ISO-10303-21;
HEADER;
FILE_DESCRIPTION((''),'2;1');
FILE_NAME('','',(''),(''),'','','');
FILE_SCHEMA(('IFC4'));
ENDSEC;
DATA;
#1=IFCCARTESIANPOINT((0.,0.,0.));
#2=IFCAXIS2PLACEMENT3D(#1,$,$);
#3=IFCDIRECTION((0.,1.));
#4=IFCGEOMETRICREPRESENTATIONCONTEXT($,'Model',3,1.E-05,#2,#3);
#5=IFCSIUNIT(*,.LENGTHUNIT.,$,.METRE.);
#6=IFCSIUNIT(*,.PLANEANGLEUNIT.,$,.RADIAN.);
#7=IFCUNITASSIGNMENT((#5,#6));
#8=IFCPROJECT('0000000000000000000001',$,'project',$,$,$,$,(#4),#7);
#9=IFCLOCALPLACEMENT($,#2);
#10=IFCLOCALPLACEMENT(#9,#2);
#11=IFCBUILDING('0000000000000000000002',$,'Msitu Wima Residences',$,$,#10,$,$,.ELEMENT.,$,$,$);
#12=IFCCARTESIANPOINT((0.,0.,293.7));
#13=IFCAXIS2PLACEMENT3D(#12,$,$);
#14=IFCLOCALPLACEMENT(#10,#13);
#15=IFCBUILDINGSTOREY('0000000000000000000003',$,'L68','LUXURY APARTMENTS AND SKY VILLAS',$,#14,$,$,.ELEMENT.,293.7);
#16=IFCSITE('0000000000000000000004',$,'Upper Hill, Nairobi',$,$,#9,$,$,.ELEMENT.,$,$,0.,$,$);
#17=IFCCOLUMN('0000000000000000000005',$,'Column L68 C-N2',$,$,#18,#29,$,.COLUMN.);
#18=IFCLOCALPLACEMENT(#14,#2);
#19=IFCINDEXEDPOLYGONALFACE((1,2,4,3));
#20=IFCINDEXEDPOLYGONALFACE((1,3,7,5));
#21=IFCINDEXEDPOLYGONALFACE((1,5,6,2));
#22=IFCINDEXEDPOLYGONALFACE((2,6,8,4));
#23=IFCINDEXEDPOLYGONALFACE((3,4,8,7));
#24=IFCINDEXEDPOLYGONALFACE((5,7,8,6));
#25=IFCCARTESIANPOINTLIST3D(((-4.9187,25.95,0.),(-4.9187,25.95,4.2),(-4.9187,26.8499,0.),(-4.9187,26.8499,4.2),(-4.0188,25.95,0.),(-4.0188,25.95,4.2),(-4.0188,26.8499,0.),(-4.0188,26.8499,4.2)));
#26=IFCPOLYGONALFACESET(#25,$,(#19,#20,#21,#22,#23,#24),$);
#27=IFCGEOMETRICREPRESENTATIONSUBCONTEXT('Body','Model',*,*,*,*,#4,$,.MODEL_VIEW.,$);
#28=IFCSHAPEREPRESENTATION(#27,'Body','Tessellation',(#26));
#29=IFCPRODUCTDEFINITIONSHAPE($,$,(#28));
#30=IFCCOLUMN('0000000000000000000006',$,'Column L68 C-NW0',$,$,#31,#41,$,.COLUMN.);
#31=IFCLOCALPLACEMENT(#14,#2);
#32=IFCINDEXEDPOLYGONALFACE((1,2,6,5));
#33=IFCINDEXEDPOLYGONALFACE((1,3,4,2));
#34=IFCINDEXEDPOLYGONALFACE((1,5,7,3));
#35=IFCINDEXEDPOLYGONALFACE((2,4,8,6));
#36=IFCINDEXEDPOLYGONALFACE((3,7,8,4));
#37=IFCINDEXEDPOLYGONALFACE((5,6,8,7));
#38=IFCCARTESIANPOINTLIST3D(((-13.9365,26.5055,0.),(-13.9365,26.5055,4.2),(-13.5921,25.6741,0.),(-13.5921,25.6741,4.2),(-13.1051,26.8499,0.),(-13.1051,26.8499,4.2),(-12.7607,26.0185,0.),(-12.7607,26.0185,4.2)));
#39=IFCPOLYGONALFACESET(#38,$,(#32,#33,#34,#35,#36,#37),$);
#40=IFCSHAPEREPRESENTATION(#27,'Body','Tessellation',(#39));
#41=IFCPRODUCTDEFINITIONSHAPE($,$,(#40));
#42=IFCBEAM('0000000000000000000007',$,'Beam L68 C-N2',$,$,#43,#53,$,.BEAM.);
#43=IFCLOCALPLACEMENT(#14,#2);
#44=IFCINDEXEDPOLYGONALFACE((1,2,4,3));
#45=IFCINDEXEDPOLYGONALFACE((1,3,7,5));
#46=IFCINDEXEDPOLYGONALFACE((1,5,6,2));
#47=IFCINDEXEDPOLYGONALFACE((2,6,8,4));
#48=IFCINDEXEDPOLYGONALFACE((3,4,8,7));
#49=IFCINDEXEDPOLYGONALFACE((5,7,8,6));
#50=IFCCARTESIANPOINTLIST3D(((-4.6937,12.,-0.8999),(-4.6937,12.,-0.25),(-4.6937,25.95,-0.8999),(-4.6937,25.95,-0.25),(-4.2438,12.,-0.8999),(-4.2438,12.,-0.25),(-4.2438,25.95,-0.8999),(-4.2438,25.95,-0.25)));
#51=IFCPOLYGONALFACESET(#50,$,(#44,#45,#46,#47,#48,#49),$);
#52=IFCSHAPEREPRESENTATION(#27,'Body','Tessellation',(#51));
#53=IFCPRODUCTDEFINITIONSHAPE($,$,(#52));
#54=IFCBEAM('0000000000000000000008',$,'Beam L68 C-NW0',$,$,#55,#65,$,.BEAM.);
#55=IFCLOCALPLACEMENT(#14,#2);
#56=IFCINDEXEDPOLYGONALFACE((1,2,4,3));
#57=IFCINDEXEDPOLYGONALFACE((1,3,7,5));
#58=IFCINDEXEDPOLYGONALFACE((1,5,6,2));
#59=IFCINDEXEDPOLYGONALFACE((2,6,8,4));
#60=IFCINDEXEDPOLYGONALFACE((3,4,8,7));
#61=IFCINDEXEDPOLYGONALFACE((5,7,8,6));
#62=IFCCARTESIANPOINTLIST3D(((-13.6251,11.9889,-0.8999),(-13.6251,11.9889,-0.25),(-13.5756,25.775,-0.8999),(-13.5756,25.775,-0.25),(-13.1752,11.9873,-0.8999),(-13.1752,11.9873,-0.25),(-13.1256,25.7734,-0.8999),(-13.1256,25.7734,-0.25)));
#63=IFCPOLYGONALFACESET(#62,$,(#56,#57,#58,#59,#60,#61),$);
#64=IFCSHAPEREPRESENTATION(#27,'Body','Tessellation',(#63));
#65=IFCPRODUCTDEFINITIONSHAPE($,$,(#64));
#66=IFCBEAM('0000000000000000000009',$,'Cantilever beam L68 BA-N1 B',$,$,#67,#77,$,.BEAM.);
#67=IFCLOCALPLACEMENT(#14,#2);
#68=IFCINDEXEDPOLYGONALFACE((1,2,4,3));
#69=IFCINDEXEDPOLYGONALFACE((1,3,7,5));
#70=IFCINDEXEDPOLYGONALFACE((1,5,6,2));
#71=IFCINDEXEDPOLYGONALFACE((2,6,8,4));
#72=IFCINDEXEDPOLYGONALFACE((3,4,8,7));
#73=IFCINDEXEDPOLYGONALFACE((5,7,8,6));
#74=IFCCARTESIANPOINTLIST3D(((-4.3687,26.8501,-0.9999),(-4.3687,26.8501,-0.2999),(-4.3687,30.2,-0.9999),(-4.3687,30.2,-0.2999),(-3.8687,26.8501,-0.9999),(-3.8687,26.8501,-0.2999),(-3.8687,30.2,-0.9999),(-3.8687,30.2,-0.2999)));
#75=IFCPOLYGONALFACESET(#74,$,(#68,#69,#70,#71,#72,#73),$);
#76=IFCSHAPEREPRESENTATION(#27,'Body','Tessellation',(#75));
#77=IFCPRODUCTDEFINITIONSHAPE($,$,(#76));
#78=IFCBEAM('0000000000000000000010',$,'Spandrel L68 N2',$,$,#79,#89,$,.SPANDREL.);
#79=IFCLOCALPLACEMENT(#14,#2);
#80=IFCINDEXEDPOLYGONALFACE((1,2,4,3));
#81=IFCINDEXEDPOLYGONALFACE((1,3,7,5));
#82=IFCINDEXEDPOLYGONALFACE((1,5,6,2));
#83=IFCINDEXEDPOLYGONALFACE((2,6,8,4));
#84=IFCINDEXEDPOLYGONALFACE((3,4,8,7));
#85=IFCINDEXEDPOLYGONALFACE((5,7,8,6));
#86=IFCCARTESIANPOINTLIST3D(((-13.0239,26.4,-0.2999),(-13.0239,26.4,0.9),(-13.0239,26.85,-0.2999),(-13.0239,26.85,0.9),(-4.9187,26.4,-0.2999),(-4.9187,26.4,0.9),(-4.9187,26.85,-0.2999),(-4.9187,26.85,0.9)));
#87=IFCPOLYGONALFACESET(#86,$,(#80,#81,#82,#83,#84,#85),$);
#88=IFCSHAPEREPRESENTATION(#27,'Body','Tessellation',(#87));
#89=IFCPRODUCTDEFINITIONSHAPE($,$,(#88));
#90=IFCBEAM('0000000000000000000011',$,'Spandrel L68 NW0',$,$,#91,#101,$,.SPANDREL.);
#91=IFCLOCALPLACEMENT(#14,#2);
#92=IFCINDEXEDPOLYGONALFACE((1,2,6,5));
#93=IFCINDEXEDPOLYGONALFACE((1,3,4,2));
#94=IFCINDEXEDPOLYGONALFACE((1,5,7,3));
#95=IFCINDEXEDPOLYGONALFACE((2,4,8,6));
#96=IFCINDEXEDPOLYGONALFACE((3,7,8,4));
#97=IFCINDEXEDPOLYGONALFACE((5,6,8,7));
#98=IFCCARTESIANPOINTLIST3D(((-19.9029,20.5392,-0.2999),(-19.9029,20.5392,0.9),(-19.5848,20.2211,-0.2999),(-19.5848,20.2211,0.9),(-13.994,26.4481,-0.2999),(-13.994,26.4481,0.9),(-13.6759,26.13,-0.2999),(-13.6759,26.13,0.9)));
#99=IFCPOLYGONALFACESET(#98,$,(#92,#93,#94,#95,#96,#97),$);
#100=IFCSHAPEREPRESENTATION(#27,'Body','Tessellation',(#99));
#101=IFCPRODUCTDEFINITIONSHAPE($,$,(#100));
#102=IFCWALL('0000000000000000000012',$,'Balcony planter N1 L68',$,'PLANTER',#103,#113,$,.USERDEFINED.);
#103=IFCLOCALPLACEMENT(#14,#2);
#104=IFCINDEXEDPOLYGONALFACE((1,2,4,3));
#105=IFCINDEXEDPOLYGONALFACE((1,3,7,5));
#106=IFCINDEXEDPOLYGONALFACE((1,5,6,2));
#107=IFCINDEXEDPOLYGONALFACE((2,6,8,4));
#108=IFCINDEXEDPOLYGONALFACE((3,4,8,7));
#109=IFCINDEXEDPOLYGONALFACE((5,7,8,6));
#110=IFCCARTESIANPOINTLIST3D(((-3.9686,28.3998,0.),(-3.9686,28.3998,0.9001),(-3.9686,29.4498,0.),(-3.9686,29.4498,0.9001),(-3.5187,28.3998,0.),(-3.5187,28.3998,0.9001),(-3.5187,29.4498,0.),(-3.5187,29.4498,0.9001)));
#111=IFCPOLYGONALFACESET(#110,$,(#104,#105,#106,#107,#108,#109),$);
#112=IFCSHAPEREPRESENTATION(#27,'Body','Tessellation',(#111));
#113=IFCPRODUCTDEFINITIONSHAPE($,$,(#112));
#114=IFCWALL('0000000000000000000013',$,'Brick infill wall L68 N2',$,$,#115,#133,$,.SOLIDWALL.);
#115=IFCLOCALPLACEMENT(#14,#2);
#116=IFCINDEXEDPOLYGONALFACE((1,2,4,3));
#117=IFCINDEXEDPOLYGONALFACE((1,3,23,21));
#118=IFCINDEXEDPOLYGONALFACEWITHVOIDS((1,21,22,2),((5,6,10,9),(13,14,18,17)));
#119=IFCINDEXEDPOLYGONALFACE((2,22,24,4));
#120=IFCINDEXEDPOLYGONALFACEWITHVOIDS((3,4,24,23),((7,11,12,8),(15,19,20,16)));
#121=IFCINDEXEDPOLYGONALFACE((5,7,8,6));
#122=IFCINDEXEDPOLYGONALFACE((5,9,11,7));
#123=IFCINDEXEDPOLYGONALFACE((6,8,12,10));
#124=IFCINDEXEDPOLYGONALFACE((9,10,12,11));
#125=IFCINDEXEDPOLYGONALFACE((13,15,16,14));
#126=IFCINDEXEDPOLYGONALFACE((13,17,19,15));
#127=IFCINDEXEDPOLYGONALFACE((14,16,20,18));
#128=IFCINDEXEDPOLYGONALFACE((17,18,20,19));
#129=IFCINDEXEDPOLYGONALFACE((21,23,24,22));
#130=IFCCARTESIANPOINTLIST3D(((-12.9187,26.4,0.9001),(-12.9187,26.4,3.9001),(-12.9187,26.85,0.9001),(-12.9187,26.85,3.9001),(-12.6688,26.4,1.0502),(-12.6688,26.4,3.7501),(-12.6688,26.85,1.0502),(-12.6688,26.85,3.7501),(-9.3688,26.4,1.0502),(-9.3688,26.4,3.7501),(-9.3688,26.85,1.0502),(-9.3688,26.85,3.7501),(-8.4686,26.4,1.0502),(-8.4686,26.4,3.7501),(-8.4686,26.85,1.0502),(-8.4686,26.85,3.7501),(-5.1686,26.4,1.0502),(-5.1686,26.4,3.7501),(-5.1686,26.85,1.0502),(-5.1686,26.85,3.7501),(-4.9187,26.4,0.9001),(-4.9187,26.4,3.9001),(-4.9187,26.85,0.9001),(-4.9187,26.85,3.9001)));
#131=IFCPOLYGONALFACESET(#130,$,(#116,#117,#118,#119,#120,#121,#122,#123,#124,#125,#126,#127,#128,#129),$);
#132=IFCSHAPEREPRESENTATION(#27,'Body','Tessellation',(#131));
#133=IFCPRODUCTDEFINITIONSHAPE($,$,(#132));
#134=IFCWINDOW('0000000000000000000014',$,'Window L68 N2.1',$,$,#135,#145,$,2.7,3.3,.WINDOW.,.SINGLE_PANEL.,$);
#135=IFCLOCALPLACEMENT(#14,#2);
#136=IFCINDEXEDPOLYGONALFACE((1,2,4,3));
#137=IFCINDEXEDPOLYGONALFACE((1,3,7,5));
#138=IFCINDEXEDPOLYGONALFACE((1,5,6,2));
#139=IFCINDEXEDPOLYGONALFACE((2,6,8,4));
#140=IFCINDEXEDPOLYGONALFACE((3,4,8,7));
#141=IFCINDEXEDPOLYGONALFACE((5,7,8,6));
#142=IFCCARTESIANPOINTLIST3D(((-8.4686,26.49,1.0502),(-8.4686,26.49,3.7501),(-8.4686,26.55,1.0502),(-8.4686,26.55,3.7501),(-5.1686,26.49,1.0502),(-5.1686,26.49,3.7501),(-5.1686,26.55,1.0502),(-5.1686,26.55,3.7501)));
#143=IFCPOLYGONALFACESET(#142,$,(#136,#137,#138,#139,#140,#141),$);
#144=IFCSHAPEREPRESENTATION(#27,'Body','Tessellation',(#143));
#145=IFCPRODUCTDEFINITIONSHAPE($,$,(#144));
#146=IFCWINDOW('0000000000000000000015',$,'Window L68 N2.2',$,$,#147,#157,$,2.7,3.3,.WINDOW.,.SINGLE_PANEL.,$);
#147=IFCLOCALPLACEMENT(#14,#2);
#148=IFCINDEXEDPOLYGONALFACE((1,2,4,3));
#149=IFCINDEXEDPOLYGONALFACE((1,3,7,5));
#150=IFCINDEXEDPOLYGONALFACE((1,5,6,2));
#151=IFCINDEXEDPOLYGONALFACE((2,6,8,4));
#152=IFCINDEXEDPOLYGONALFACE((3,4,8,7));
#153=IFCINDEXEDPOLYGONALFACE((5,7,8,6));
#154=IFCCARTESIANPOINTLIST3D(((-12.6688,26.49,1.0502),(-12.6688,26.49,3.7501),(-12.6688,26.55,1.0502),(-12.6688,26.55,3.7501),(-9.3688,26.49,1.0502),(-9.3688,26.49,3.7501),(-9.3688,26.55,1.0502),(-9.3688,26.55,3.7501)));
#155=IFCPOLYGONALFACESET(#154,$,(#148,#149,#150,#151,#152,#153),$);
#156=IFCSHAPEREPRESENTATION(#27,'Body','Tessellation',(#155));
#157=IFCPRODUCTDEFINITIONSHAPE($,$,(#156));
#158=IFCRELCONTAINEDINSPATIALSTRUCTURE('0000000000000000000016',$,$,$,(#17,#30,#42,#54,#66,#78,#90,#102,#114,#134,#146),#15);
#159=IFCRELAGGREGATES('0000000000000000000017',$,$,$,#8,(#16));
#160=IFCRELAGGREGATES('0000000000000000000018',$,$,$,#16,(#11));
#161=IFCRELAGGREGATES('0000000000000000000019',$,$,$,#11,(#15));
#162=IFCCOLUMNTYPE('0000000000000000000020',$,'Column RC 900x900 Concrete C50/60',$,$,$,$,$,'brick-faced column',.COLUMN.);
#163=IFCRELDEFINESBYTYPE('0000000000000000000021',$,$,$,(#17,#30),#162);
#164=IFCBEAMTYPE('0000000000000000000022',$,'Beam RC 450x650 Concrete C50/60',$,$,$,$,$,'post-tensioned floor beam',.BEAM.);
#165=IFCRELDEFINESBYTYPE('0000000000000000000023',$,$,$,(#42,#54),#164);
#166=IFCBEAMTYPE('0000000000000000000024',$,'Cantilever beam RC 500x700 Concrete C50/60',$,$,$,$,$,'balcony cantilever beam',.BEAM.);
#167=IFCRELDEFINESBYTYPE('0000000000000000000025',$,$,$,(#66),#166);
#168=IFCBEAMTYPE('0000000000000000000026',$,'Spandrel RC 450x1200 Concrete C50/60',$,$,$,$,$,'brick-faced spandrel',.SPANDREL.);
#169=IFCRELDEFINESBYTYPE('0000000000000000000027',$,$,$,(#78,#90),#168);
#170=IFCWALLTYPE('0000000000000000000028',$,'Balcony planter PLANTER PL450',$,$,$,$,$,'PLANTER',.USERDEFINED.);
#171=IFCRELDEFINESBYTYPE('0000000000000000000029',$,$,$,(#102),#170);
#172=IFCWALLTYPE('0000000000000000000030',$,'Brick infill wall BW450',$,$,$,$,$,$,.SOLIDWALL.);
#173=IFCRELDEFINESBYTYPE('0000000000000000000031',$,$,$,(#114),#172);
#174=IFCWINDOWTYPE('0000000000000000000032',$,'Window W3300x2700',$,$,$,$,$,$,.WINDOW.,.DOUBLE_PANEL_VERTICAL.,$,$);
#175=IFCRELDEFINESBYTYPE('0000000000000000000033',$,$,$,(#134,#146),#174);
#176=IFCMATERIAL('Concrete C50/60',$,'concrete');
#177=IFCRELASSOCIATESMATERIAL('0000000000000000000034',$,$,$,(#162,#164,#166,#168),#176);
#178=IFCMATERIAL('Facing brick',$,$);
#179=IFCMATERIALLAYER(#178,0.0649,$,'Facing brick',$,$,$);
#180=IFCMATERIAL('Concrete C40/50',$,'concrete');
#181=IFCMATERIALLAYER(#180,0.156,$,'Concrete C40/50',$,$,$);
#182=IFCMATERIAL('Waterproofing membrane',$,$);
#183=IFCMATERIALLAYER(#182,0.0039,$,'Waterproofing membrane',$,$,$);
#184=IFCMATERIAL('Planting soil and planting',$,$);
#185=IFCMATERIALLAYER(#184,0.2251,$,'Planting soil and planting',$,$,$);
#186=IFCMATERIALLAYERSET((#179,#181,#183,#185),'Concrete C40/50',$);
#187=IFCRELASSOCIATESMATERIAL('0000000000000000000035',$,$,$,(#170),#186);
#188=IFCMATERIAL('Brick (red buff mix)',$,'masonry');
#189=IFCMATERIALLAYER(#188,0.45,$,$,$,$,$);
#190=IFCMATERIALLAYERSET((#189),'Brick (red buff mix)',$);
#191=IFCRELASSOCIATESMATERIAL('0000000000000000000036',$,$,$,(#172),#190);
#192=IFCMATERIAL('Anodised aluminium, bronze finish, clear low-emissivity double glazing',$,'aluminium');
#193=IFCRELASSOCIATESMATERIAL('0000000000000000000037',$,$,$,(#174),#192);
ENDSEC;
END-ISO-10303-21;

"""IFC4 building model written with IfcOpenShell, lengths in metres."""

from ifc_helpers import new_model, si_unit, direction, frame, frame_2d, origin, origin_2d, place, context, subcontext, project, spatial, rectangle, extrude, material, layer, layer_set, material_profile, profile_set, type_object, element, fill, save


model = new_model("IFC4")

# Units and contexts
model_context = context("Model", 3, precision=1e-05, world=origin(), true_north=direction((0.0, 1.0)))
body_context = subcontext(model_context, "Body", "Model", "MODEL_VIEW")
ifc_project = project(units=[si_unit("LENGTHUNIT", "METRE"), si_unit("PLANEANGLEUNIT", "RADIAN")], contexts=[model_context])

# Site, building, storey
site_placement = place(None, origin())
site = spatial("IfcSite", under=ifc_project, at=site_placement, Name="Upper Hill, Nairobi", CompositionType="ELEMENT", RefElevation=0.0)
building_placement = place(site_placement, origin())
building = spatial("IfcBuilding", under=site, at=building_placement, Name="Msitu Wima Residences", CompositionType="ELEMENT")
storey_placement = place(building_placement, frame((0.0, 0.0, 293.7)))
storey = spatial("IfcBuildingStorey", under=building, at=storey_placement, Name="L68", Description="LUXURY APARTMENTS AND SKY VILLAS", CompositionType="ELEMENT", Elevation=293.7)

# Columns
ifc_material_1 = material(Name="Concrete C50/60", Category="concrete")
ifc_material_profile_1 = material_profile(ifc_material_1, rectangle(XDim=0.8999, YDim=0.8999, at=origin_2d()), Name="RC 900x900")
ifc_profile_set_1 = profile_set([ifc_material_profile_1], Name="Concrete C50/60")
column_type = type_object("IfcColumnType", Name="Column RC 900x900 Concrete C50/60", ElementType="brick-faced column", PredefinedType="COLUMN", material=ifc_profile_set_1)
for number, where, z_axis, x_axis, name in (
    (1, (-4.4688, 26.3999, 0.0), (0.0, 0.0, 1.0), (-1.0, 0.0, 0.0), "Column L68 C-N2"),
    (2, (-13.3486, 26.262, 0.0), (0.0, 0.0, 1.0), (-0.92388, -0.382683, 0.0), "Column L68 C-NW0"),
):
    element("IfcColumn", number, at=place(storey_placement, frame(where, z_axis=z_axis, x_axis=x_axis)), inside=storey, type_object=column_type, Name=name, PredefinedType="COLUMN", context=body_context, shape_type="SweptSolid", body=[
        extrude(rectangle(XDim=0.8999, YDim=0.8999, at=origin_2d()), origin(), (0.0, 0.0, 1.0), 4.2),
    ])

# Beams
ifc_material_profile_2 = material_profile(ifc_material_1, rectangle(XDim=0.45, YDim=0.6499, at=origin_2d()), Name="RC 450x650")
ifc_profile_set_2 = profile_set([ifc_material_profile_2], Name="Concrete C50/60")
beam_type_1 = type_object("IfcBeamType", Name="Beam RC 450x650 Concrete C50/60", ElementType="post-tensioned floor beam", PredefinedType="BEAM", material=ifc_profile_set_2)
beam_1_placement = place(storey_placement, frame((-4.4688, 25.95, -0.575), z_axis=(0.0, -1.0, 0.0), x_axis=(1.0, 0.0, 0.0)))
element("IfcBeam", 3, at=beam_1_placement, inside=storey, type_object=beam_type_1, Name="Beam L68 C-N2", PredefinedType="BEAM", context=body_context, shape_type="SweptSolid", body=[
    extrude(rectangle(XDim=0.45, YDim=0.6499, at=origin_2d()), origin(), (0.0, 0.0, 1.0), 13.95),
])
beam_2_placement = place(storey_placement, frame((-13.3506, 25.7742, -0.575), z_axis=(-0.003595, -0.999994, 0.0), x_axis=(0.999994, -0.003595, 0.0)))
element("IfcBeam", 4, at=beam_2_placement, inside=storey, type_object=beam_type_1, Name="Beam L68 C-NW0", PredefinedType="BEAM", context=body_context, shape_type="SweptSolid", body=[
    extrude(rectangle(XDim=0.45, YDim=0.6499, at=origin_2d()), origin(), (0.0, 0.0, 1.0), 13.7861),
])
ifc_material_profile_3 = material_profile(ifc_material_1, rectangle(XDim=0.5, YDim=0.7, at=origin_2d()), Name="RC 500x700")
ifc_profile_set_3 = profile_set([ifc_material_profile_3], Name="Concrete C50/60")
beam_type_2 = type_object("IfcBeamType", Name="Cantilever beam RC 500x700 Concrete C50/60", ElementType="balcony cantilever beam", PredefinedType="BEAM", material=ifc_profile_set_3)
beam_3_placement = place(storey_placement, frame((-4.1187, 26.8501, -0.6499), z_axis=(0.0, 1.0, 0.0), x_axis=(-1.0, 0.0, 0.0)))
element("IfcBeam", 5, at=beam_3_placement, inside=storey, type_object=beam_type_2, Name="Cantilever beam L68 BA-N1 B", PredefinedType="BEAM", context=body_context, shape_type="SweptSolid", body=[
    extrude(rectangle(XDim=0.5, YDim=0.7, at=origin_2d()), origin(), (0.0, 0.0, 1.0), 3.3499),
])
ifc_material_profile_4 = material_profile(ifc_material_1, rectangle(XDim=0.45, YDim=1.2, at=origin_2d()), Name="RC 450x1200")
ifc_profile_set_4 = profile_set([ifc_material_profile_4], Name="Concrete C50/60")
beam_type_3 = type_object("IfcBeamType", Name="Spandrel RC 450x1200 Concrete C50/60", ElementType="brick-faced spandrel", PredefinedType="SPANDREL", material=ifc_profile_set_4)
beam_4_placement = place(storey_placement, frame((-4.9187, 26.625, 0.3), z_axis=(-1.0, 0.0, 0.0), x_axis=(0.0, -1.0, 0.0)))
element("IfcBeam", 6, at=beam_4_placement, inside=storey, type_object=beam_type_3, Name="Spandrel L68 N2", PredefinedType="SPANDREL", context=body_context, shape_type="SweptSolid", body=[
    extrude(rectangle(XDim=0.45, YDim=1.2, at=origin_2d()), origin(), (0.0, 0.0, 1.0), 8.1052),
])
beam_5_placement = place(storey_placement, frame((-13.835, 26.2891, 0.3), z_axis=(-0.707107, -0.707107, 0.0), x_axis=(0.707107, -0.707107, 0.0)))
element("IfcBeam", 7, at=beam_5_placement, inside=storey, type_object=beam_type_3, Name="Spandrel L68 NW0", PredefinedType="SPANDREL", context=body_context, shape_type="SweptSolid", body=[
    extrude(rectangle(XDim=0.45, YDim=1.2, at=origin_2d()), origin(), (0.0, 0.0, 1.0), 8.3564),
])

# Wall
ifc_material_2 = material(Name="Facing brick")
ifc_layer_1 = layer(ifc_material_2, 0.0649, Name="Facing brick")
ifc_material_3 = material(Name="Concrete C40/50", Category="concrete")
ifc_layer_2 = layer(ifc_material_3, 0.156, Name="Concrete C40/50")
ifc_material_4 = material(Name="Waterproofing membrane")
ifc_layer_3 = layer(ifc_material_4, 0.0039, Name="Waterproofing membrane")
ifc_material_5 = material(Name="Planting soil and planting")
ifc_layer_4 = layer(ifc_material_5, 0.2251, Name="Planting soil and planting")
ifc_layer_set_1 = layer_set([ifc_layer_1, ifc_layer_2, ifc_layer_3, ifc_layer_4], Name="Concrete C40/50")
wall_type_1 = type_object("IfcWallType", Name="Balcony planter PLANTER PL450", ElementType="PLANTER", PredefinedType="USERDEFINED", material=ifc_layer_set_1)
wall_1_placement = place(storey_placement, frame((-3.7437, 28.3999, 0.0), z_axis=(0.0, 0.0, 1.0), x_axis=(0.0, 1.0, 0.0)))
element("IfcWall", 8, at=wall_1_placement, inside=storey, type_object=wall_type_1, Name="Balcony planter N1 L68", ObjectType="PLANTER", PredefinedType="USERDEFINED", context=body_context, shape_type="SweptSolid", body=[
    extrude(rectangle(XDim=1.05, YDim=0.45, at=frame_2d((0.5249, 0.0))), origin(), (0.0, 0.0, 1.0), 0.9001),
])

# Wall, openings, windows
ifc_material_6 = material(Name="Brick (red buff mix)", Category="masonry")
ifc_layer_5 = layer(ifc_material_6, 0.45)
ifc_layer_set_2 = layer_set([ifc_layer_5], Name="Brick (red buff mix)")
wall_type_2 = type_object("IfcWallType", Name="Brick infill wall BW450", PredefinedType="SOLIDWALL", material=ifc_layer_set_2)
wall_2_placement = place(storey_placement, frame((-4.9187, 26.625, 0.9001), z_axis=(0.0, 0.0, 1.0), x_axis=(-1.0, 0.0, 0.0)))
wall_2 = element("IfcWall", 9, at=wall_2_placement, inside=storey, type_object=wall_type_2, Name="Brick infill wall L68 N2", PredefinedType="SOLIDWALL", context=body_context, shape_type="SweptSolid", body=[
    extrude(rectangle(XDim=8.0, YDim=0.45, at=frame_2d((4.0, 0.0))), origin(), (0.0, 0.0, 1.0), 3.0),
])
opening_1_placement = place(wall_2_placement, frame((0.25, 0.0, 0.1499)))
opening_1 = element("IfcOpeningElement", 10, at=opening_1_placement, cuts=wall_2, PredefinedType="OPENING", context=body_context, shape_type="SweptSolid", body=[
    extrude(rectangle(XDim=3.3, YDim=2.7, at=frame_2d((1.6499, 1.3501))), frame((0.0, 0.2349, 0.0), z_axis=(0.0, -1.0, 0.0), x_axis=(1.0, 0.0, 0.0)), (0.0, 0.0, 1.0), 0.47),
])
opening_2_placement = place(wall_2_placement, frame((4.4502, 0.0, 0.1499)))
opening_2 = element("IfcOpeningElement", 11, at=opening_2_placement, cuts=wall_2, PredefinedType="OPENING", context=body_context, shape_type="SweptSolid", body=[
    extrude(rectangle(XDim=3.3, YDim=2.7, at=frame_2d((1.6499, 1.3501))), frame((0.0, 0.2349, 0.0), z_axis=(0.0, -1.0, 0.0), x_axis=(1.0, 0.0, 0.0)), (0.0, 0.0, 1.0), 0.47),
])
ifc_material_7 = material(Name="Anodised aluminium, bronze finish, clear low-emissivity double glazing", Category="aluminium")
window_type = type_object("IfcWindowType", Name="Window W3300x2700", PartitioningType="DOUBLE_PANEL_VERTICAL", PredefinedType="WINDOW", material=ifc_material_7)
window_1_placement = place(opening_1_placement, origin())
window_1 = element("IfcWindow", 12, at=window_1_placement, inside=storey, type_object=window_type, Name="Window L68 N2.1", OverallHeight=2.7, OverallWidth=3.3, PartitioningType="SINGLE_PANEL", PredefinedType="WINDOW", context=body_context, shape_type="SweptSolid", body=[
    extrude(rectangle(XDim=3.3, YDim=2.7, at=frame_2d((1.6499, 1.3501))), frame((0.0, 0.135, 0.0), z_axis=(0.0, -1.0, 0.0), x_axis=(1.0, 0.0, 0.0)), (0.0, 0.0, 1.0), 0.0601),
])
fill(opening_1, window_1)
window_2_placement = place(opening_2_placement, origin())
window_2 = element("IfcWindow", 13, at=window_2_placement, inside=storey, type_object=window_type, Name="Window L68 N2.2", OverallHeight=2.7, OverallWidth=3.3, PartitioningType="SINGLE_PANEL", PredefinedType="WINDOW", context=body_context, shape_type="SweptSolid", body=[
    extrude(rectangle(XDim=3.3, YDim=2.7, at=frame_2d((1.6499, 1.3501))), frame((0.0, 0.135, 0.0), z_axis=(0.0, -1.0, 0.0), x_axis=(1.0, 0.0, 0.0)), (0.0, 0.0, 1.0), 0.0601),
])
fill(opening_2, window_2)

save(model, "model.ifc")
